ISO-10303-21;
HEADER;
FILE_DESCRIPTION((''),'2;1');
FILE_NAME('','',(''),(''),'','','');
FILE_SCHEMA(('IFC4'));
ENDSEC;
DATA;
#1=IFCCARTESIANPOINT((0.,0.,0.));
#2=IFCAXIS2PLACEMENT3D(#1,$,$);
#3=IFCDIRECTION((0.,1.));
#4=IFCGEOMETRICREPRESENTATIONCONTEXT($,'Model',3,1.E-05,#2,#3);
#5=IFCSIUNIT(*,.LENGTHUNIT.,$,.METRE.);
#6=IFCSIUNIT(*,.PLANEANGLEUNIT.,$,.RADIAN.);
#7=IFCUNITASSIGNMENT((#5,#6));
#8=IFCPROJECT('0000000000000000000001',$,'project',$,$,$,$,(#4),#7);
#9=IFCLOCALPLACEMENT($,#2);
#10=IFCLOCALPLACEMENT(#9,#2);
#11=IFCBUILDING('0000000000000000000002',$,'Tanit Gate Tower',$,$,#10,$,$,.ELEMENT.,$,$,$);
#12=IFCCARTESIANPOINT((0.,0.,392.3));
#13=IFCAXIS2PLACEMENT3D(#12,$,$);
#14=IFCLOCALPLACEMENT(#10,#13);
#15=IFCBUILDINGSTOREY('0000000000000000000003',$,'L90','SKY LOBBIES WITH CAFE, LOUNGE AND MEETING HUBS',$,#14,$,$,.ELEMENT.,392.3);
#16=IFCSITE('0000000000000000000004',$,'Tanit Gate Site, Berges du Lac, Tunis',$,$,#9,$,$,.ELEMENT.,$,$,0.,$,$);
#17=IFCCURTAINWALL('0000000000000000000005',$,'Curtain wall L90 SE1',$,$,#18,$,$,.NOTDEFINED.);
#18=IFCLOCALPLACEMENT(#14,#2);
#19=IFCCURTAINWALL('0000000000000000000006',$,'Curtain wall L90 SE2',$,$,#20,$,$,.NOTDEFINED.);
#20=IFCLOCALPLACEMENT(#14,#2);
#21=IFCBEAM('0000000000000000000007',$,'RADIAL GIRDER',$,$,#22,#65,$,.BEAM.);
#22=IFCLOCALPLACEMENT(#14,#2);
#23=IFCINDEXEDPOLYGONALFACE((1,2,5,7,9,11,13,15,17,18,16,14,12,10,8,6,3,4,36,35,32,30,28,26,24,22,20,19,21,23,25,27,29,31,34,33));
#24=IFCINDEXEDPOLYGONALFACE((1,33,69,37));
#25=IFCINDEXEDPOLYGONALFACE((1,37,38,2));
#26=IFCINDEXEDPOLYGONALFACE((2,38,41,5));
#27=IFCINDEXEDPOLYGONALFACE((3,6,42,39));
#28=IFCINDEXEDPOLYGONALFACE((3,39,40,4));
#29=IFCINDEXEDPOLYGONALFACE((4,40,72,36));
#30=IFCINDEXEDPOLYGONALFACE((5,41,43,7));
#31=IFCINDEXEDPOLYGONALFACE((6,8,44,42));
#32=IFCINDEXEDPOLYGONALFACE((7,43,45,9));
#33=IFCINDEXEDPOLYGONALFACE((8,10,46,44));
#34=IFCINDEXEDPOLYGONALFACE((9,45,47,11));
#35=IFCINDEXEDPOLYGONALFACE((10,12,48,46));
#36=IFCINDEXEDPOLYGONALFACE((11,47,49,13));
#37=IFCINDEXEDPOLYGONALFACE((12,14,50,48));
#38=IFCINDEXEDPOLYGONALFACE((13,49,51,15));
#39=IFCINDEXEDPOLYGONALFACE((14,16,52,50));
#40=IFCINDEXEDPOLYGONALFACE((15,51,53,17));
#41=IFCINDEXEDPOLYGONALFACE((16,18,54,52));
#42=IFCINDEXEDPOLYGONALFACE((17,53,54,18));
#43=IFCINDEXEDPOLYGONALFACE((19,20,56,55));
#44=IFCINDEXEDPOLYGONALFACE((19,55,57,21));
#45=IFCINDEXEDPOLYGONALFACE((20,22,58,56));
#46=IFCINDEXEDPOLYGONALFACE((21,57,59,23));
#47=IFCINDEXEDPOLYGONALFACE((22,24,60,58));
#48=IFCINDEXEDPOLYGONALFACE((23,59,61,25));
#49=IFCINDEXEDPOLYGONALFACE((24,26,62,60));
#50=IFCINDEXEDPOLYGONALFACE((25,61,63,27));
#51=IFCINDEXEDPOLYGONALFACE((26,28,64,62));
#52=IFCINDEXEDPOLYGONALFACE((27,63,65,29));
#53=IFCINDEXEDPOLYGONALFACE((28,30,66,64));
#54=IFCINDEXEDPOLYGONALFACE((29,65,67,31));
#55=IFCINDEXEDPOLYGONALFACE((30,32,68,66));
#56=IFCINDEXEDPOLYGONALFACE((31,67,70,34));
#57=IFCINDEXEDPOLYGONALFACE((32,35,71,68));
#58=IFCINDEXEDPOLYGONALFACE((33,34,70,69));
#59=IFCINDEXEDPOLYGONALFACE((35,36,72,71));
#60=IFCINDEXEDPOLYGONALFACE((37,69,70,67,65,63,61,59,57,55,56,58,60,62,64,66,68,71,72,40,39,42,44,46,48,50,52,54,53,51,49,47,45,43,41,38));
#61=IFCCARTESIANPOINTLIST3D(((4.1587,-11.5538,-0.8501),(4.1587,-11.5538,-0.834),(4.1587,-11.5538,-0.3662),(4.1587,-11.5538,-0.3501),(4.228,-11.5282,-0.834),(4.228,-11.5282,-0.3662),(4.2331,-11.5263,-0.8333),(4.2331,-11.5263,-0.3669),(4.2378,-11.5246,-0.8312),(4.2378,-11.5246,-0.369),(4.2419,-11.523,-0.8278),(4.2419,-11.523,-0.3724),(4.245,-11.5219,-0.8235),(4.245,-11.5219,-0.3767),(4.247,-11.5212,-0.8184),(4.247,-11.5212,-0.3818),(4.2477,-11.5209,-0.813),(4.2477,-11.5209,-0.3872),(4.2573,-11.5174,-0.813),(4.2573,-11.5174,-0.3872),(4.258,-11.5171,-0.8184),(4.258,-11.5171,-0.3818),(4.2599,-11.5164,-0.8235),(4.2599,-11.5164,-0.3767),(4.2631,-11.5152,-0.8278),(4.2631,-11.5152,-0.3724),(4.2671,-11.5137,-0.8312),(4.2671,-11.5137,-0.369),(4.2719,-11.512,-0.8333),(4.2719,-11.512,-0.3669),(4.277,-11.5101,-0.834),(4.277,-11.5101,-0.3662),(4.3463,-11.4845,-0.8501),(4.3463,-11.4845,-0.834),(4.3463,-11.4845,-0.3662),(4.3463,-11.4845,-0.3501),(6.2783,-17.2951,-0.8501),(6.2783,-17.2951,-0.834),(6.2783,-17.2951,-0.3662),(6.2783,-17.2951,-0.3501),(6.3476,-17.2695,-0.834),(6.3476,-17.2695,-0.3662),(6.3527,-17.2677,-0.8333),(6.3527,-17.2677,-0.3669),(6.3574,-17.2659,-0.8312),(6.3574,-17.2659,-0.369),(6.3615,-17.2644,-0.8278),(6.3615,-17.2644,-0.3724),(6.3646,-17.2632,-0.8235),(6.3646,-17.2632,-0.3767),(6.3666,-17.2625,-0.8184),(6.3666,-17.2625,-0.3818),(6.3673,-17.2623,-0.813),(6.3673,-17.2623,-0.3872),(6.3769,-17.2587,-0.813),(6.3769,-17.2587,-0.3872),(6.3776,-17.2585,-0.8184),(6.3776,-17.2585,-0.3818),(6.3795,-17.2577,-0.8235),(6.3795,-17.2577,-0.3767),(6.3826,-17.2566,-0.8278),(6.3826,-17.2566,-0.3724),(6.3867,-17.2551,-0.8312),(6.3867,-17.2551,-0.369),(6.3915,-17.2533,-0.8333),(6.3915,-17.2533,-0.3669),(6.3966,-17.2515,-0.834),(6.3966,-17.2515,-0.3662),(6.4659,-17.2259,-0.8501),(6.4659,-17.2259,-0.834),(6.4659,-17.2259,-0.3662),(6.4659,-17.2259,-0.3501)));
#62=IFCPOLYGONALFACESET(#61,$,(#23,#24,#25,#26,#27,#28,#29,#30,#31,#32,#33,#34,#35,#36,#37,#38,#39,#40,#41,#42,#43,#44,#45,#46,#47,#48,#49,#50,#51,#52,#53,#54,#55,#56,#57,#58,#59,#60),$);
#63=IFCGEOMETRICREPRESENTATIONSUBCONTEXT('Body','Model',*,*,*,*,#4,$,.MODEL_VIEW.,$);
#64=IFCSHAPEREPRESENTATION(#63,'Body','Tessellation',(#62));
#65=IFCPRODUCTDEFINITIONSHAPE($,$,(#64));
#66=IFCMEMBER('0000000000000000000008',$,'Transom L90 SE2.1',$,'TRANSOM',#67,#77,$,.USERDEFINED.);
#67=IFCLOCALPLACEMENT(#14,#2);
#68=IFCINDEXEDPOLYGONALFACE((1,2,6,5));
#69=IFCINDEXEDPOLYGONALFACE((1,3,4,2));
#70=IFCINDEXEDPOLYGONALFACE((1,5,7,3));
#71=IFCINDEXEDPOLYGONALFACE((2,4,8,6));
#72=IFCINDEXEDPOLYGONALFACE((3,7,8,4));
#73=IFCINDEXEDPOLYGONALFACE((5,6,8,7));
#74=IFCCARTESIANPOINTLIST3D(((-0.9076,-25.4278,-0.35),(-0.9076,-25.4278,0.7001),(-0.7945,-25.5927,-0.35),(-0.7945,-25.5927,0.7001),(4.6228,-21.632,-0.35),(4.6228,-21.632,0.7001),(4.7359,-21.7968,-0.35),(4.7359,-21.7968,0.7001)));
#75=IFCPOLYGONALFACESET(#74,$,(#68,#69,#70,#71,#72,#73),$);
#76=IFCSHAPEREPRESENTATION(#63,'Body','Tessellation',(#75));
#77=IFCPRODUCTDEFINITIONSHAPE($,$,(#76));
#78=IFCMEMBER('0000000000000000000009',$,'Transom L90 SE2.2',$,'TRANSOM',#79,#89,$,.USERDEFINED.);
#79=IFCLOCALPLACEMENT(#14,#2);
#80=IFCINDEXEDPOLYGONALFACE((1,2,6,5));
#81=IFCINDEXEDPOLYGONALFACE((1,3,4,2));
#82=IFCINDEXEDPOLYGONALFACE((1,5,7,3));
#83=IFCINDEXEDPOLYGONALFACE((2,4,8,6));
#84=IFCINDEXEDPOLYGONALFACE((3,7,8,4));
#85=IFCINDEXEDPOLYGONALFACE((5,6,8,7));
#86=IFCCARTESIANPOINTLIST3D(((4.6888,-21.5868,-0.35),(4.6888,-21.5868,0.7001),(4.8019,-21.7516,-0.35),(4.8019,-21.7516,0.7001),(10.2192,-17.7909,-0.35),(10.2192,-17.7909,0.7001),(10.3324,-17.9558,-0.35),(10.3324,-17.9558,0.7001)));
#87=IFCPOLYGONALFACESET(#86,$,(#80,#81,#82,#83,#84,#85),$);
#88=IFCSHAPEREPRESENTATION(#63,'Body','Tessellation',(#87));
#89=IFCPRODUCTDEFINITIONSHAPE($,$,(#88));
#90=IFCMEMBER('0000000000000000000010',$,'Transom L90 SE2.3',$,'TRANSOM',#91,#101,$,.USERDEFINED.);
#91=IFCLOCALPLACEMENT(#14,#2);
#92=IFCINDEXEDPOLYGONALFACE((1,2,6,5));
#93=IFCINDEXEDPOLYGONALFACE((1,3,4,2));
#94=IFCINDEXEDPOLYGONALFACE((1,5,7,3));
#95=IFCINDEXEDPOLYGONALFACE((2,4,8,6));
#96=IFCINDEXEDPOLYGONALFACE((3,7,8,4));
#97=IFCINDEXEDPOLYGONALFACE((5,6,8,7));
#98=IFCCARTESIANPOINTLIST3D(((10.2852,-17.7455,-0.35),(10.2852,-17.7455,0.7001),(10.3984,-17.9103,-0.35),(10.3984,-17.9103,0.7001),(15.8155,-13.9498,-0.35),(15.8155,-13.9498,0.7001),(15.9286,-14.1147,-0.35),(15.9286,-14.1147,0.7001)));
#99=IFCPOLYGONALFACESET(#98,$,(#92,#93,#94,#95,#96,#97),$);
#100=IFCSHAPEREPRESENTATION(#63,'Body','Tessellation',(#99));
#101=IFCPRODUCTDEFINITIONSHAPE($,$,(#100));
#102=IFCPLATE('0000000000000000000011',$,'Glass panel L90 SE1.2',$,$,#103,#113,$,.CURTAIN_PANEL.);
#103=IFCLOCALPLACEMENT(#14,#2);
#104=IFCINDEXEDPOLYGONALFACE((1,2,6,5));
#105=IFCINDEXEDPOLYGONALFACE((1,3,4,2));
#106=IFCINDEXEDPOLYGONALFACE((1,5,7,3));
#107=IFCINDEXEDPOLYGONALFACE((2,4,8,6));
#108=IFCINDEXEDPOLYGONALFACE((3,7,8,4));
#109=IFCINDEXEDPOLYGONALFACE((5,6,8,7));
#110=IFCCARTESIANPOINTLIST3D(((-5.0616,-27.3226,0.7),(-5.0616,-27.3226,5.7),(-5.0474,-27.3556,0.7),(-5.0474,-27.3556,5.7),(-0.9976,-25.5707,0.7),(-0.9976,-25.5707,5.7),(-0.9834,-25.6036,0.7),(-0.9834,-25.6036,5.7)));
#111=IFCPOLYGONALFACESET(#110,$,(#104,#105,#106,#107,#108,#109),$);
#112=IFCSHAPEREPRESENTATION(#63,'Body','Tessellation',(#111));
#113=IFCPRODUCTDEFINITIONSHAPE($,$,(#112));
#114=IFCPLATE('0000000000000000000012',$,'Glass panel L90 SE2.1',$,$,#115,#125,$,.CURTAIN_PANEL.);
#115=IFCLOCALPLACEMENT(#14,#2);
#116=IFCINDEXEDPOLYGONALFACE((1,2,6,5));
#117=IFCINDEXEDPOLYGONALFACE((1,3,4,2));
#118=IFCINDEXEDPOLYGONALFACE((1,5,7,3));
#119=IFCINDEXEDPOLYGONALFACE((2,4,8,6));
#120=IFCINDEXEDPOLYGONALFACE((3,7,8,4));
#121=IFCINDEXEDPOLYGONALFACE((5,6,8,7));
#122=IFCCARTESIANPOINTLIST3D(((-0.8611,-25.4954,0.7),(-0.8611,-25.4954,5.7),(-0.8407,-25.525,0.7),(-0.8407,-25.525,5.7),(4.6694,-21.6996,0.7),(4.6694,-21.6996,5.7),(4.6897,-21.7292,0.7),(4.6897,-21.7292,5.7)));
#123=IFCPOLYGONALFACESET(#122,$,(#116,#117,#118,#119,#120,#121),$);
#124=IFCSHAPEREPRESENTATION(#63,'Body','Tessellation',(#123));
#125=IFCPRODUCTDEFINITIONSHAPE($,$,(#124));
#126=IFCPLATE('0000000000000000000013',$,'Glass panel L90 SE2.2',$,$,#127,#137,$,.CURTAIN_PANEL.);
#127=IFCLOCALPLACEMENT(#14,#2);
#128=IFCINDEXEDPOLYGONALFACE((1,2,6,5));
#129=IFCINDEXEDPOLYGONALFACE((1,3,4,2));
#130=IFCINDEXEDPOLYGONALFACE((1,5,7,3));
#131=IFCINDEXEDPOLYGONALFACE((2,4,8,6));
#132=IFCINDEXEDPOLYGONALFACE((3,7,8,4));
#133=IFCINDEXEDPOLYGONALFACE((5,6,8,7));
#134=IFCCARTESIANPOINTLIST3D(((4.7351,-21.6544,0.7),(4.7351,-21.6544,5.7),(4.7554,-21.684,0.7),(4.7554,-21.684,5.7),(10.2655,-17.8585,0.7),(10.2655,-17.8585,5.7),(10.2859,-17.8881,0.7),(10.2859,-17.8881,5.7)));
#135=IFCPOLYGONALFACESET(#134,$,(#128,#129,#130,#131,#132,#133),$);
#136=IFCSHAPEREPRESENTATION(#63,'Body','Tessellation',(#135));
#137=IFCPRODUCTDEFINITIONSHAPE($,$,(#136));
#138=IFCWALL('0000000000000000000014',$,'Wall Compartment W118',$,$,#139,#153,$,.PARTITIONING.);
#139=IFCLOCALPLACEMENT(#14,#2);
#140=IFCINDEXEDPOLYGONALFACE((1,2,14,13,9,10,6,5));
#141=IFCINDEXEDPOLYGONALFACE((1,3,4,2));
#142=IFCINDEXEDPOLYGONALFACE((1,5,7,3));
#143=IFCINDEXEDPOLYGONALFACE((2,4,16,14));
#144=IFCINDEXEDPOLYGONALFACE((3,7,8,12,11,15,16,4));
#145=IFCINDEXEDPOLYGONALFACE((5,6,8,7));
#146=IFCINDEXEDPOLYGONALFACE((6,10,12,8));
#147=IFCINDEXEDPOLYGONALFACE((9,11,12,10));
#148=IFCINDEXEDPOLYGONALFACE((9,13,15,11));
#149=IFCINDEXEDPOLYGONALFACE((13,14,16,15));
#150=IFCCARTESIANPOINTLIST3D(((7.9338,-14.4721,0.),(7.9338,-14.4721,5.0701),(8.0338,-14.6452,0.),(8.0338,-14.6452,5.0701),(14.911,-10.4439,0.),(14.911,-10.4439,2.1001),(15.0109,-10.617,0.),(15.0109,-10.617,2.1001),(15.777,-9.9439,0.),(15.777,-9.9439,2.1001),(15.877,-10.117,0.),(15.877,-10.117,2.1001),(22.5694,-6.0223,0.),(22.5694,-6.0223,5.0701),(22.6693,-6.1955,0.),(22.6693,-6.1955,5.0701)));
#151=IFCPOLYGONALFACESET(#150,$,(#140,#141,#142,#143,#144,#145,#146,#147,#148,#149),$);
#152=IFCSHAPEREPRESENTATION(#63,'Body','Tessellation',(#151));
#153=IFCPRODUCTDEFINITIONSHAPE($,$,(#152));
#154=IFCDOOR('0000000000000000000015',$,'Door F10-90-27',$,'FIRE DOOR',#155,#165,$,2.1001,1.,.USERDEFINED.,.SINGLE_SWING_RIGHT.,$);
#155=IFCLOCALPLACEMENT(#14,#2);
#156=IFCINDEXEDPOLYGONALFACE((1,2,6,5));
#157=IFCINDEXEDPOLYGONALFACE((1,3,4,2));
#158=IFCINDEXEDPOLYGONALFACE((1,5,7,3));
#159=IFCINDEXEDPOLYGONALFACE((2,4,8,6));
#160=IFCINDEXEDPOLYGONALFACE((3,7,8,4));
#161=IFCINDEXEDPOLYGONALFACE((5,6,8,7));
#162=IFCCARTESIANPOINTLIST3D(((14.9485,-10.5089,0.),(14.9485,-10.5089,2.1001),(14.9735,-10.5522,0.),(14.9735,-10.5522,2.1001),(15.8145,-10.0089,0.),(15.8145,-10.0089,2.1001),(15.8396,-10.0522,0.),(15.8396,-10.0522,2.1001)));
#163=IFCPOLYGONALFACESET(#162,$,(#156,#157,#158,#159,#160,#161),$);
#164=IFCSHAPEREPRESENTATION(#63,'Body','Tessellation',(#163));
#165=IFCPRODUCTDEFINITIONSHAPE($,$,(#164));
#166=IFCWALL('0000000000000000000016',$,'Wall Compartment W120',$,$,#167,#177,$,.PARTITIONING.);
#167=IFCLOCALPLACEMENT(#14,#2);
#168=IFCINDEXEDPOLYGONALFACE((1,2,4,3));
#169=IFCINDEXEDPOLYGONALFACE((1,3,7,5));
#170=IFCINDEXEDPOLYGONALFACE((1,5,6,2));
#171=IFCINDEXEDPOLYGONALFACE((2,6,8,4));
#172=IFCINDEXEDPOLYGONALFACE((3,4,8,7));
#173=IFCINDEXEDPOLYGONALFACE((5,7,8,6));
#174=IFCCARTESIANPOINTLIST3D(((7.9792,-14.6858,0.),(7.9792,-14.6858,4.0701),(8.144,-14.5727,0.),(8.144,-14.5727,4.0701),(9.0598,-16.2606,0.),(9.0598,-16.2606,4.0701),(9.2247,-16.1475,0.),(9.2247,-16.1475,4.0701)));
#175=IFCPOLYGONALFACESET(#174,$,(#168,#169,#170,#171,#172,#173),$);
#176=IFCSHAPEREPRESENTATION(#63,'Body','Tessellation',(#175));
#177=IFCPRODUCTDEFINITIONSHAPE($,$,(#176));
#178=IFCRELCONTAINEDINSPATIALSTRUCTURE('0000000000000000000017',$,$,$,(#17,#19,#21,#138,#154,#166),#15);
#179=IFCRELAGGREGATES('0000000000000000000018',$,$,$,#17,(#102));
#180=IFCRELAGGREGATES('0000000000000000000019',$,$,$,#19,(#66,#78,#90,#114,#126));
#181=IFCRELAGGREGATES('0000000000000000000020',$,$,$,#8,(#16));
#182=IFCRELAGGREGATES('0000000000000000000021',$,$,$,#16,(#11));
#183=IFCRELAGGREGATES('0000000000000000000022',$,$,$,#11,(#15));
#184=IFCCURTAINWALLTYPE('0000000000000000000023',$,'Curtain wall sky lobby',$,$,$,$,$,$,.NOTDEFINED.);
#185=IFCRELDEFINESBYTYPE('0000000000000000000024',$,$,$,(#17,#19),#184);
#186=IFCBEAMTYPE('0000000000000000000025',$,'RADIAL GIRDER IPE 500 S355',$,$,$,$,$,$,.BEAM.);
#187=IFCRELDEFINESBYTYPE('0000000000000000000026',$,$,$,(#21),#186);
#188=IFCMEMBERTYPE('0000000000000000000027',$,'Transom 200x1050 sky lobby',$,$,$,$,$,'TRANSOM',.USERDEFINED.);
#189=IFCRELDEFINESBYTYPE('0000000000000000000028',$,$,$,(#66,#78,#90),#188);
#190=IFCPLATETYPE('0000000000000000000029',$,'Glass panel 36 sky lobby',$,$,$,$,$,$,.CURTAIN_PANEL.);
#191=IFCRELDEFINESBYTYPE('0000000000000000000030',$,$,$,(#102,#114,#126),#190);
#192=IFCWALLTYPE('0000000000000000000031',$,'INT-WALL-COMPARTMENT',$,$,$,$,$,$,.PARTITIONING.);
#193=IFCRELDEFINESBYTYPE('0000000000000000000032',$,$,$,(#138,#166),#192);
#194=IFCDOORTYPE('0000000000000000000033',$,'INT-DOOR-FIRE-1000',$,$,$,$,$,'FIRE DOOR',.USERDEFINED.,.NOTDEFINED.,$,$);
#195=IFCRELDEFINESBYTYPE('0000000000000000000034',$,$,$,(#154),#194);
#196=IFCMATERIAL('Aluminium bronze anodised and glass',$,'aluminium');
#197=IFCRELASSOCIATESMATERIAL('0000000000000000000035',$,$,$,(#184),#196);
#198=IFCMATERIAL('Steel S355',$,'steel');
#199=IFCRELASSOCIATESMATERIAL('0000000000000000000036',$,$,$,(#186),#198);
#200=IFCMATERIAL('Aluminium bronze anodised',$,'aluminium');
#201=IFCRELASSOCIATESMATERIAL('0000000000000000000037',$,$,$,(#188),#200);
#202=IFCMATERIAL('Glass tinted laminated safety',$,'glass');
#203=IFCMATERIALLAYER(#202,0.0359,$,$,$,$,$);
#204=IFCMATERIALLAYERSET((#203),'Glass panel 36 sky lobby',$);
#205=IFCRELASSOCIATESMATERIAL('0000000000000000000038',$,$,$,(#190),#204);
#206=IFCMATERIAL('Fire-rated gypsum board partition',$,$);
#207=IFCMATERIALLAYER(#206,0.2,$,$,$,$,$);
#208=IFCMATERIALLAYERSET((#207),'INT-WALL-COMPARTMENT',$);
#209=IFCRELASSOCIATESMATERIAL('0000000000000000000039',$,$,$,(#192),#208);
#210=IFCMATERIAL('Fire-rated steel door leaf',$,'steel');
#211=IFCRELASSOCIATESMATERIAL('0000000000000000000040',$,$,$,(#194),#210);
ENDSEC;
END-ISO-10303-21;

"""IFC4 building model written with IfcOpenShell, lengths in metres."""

from ifc_helpers import new_model, si_unit, direction, frame, frame_2d, origin, origin_2d, place, context, subcontext, project, spatial, rectangle, i_section, extrude, material, layer, layer_set, material_profile, profile_set, type_object, element, fill, aggregate, save


model = new_model("IFC4")

# Units and contexts
model_context = context("Model", 3, precision=1e-05, world=origin(), true_north=direction((0.0, 1.0)))
body_context = subcontext(model_context, "Body", "Model", "MODEL_VIEW")
ifc_project = project(units=[si_unit("LENGTHUNIT", "METRE"), si_unit("PLANEANGLEUNIT", "RADIAN")], contexts=[model_context])

# Site, building, storey
site_placement = place(None, origin())
site = spatial("IfcSite", under=ifc_project, at=site_placement, Name="Tanit Gate Site, Berges du Lac, Tunis", CompositionType="ELEMENT", RefElevation=0.0)
building_placement = place(site_placement, origin())
building = spatial("IfcBuilding", under=site, at=building_placement, Name="Tanit Gate Tower", CompositionType="ELEMENT")
storey_placement = place(building_placement, frame((0.0, 0.0, 392.3)))
storey = spatial("IfcBuildingStorey", under=building, at=storey_placement, Name="L90", Description="SKY LOBBIES WITH CAFE, LOUNGE AND MEETING HUBS", CompositionType="ELEMENT", Elevation=392.3)

# Curtain wall
ifc_material_1 = material(Name="Aluminium bronze anodised and glass", Category="aluminium")
curtain_wall_type = type_object("IfcCurtainWallType", Name="Curtain wall sky lobby", PredefinedType="NOTDEFINED", material=ifc_material_1)
curtain_wall_1_placement = place(storey_placement, origin())
curtain_wall_1 = element("IfcCurtainWall", 1, at=curtain_wall_1_placement, inside=storey, type_object=curtain_wall_type, Name="Curtain wall L90 SE1", PredefinedType="NOTDEFINED")

# Curtain wall
curtain_wall_2_placement = place(storey_placement, origin())
curtain_wall_2 = element("IfcCurtainWall", 2, at=curtain_wall_2_placement, inside=storey, type_object=curtain_wall_type, Name="Curtain wall L90 SE2", PredefinedType="NOTDEFINED")

# Beam
ifc_material_2 = material(Name="Steel S355", Category="steel")
ifc_material_profile_1 = material_profile(ifc_material_2, i_section(OverallWidth=0.2, OverallDepth=0.5, WebThickness=0.0103, FlangeThickness=0.0161, FilletRadius=0.021, at=origin_2d()), Name="IPE 500")
ifc_profile_set_1 = profile_set([ifc_material_profile_1], Name="Steel S355")
beam_type_1 = type_object("IfcBeamType", Name="RADIAL GIRDER IPE 500 S355", PredefinedType="BEAM", material=ifc_profile_set_1)
beam_1_placement = place(storey_placement, frame((6.3721, -17.2605, -0.6001), z_axis=(-0.346332, 0.938112, 0.0), x_axis=(-0.938112, -0.346332, 0.0)))
element("IfcBeam", 3, at=beam_1_placement, inside=storey, type_object=beam_type_1, Name="RADIAL GIRDER", PredefinedType="BEAM", context=body_context, shape_type="SweptSolid", body=[
    extrude(i_section(OverallWidth=0.2, OverallDepth=0.5, WebThickness=0.0103, FlangeThickness=0.0161, FilletRadius=0.021, at=origin_2d()), origin(), (0.0, 0.0, 1.0), 6.1201),
])

# Members
ifc_material_3 = material(Name="Aluminium bronze anodised", Category="aluminium")
ifc_material_profile_2 = material_profile(ifc_material_3, rectangle(XDim=0.2, YDim=1.05, at=origin_2d()), Name="200x1050 bronze transom")
ifc_profile_set_2 = profile_set([ifc_material_profile_2], Name="Aluminium bronze anodised")
member_type_1 = type_object("IfcMemberType", Name="Transom 200x1050 sky lobby", ElementType="TRANSOM", PredefinedType="USERDEFINED", material=ifc_profile_set_2)
member_1_placement = place(storey_placement, frame((-0.8511, -25.5103, 0.175), z_axis=(0.824482, 0.565888, 0.0), x_axis=(-0.565888, 0.824482, 0.0)))
member_1 = element("IfcMember", 4, at=member_1_placement, type_object=member_type_1, Name="Transom L90 SE2.1", ObjectType="TRANSOM", PredefinedType="USERDEFINED", context=body_context, shape_type="SweptSolid", body=[
    extrude(rectangle(XDim=0.2, YDim=1.05, at=origin_2d()), origin(), (0.0, 0.0, 1.0), 6.7078),
])
member_2_placement = place(storey_placement, frame((4.7454, -21.6692, 0.175), z_axis=(0.824482, 0.565888, 0.0), x_axis=(-0.565888, 0.824482, 0.0)))
member_2 = element("IfcMember", 5, at=member_2_placement, type_object=member_type_1, Name="Transom L90 SE2.2", ObjectType="TRANSOM", PredefinedType="USERDEFINED", context=body_context, shape_type="SweptSolid", body=[
    extrude(rectangle(XDim=0.2, YDim=1.05, at=origin_2d()), origin(), (0.0, 0.0, 1.0), 6.7078),
])
member_3_placement = place(storey_placement, frame((10.3418, -17.8279, 0.175), z_axis=(0.824488, 0.56588, 0.0), x_axis=(-0.56588, 0.824488, 0.0)))
member_3 = element("IfcMember", 6, at=member_3_placement, type_object=member_type_1, Name="Transom L90 SE2.3", ObjectType="TRANSOM", PredefinedType="USERDEFINED", context=body_context, shape_type="SweptSolid", body=[
    extrude(rectangle(XDim=0.2, YDim=1.05, at=origin_2d()), origin(), (0.0, 0.0, 1.0), 6.7075),
])

# Plates
ifc_material_4 = material(Name="Glass tinted laminated safety", Category="glass")
ifc_layer_1 = layer(ifc_material_4, 0.0359)
ifc_layer_set_1 = layer_set([ifc_layer_1], Name="Glass panel 36 sky lobby")
plate_type = type_object("IfcPlateType", Name="Glass panel 36 sky lobby", PredefinedType="CURTAIN_PANEL", material=ifc_layer_set_1)
plate_1_placement = place(storey_placement, frame((-3.0225, -26.4631, 0.7), z_axis=(0.0, 0.0, 1.0), x_axis=(0.918306, 0.395871, 0.0)))
plate_1 = element("IfcPlate", 7, at=plate_1_placement, type_object=plate_type, Name="Glass panel L90 SE1.2", PredefinedType="CURTAIN_PANEL", context=body_context, shape_type="SweptSolid", body=[
    extrude(rectangle(XDim=4.4255, YDim=0.0359, at=origin_2d()), origin(), (0.0, 0.0, 1.0), 5.0),
])
aggregate(curtain_wall_1, [plate_1])
plate_2_placement = place(storey_placement, frame((1.9143, -23.6123, 0.7), z_axis=(0.0, 0.0, 1.0), x_axis=(0.824479, 0.565893, 0.0)))
plate_2 = element("IfcPlate", 8, at=plate_2_placement, type_object=plate_type, Name="Glass panel L90 SE2.1", PredefinedType="CURTAIN_PANEL", context=body_context, shape_type="SweptSolid", body=[
    extrude(rectangle(XDim=6.7078, YDim=0.0359, at=origin_2d()), origin(), (0.0, 0.0, 1.0), 5.0),
])
plate_3_placement = place(storey_placement, frame((7.5105, -19.7712, 0.7), z_axis=(0.0, 0.0, 1.0), x_axis=(0.824479, 0.565893, 0.0)))
plate_3 = element("IfcPlate", 9, at=plate_3_placement, type_object=plate_type, Name="Glass panel L90 SE2.2", PredefinedType="CURTAIN_PANEL", context=body_context, shape_type="SweptSolid", body=[
    extrude(rectangle(XDim=6.7078, YDim=0.0359, at=origin_2d()), origin(), (0.0, 0.0, 1.0), 5.0),
])
aggregate(curtain_wall_2, [member_1, member_2, member_3, plate_2, plate_3])

# Wall, opening, door
ifc_material_5 = material(Name="Fire-rated gypsum board partition")
ifc_layer_2 = layer(ifc_material_5, 0.2)
ifc_layer_set_2 = layer_set([ifc_layer_2], Name="INT-WALL-COMPARTMENT")
wall_type_1 = type_object("IfcWallType", Name="INT-WALL-COMPARTMENT", PredefinedType="PARTITIONING", material=ifc_layer_set_2)
wall_1_placement = place(storey_placement, frame((7.9839, -14.5586, 0.0), z_axis=(0.0, 0.0, 1.0), x_axis=(0.866028, 0.499995, 0.0)))
wall_1 = element("IfcWall", 10, at=wall_1_placement, inside=storey, type_object=wall_type_1, Name="Wall Compartment W118", PredefinedType="PARTITIONING", context=body_context, shape_type="SweptSolid", body=[
    extrude(rectangle(XDim=16.8997, YDim=0.2, at=frame_2d((8.4497, 0.0))), origin(), (0.0, 0.0, 1.0), 5.0701),
])
opening_placement = place(wall_1_placement, frame((8.0564, 0.0, 0.0)))
opening = element("IfcOpeningElement", 11, at=opening_placement, cuts=wall_1, PredefinedType="OPENING", context=body_context, shape_type="SweptSolid", body=[
    extrude(rectangle(XDim=1.0, YDim=2.1001, at=frame_2d((0.5, 1.05))), frame((0.0, 0.1099, 0.0), z_axis=(0.0, -1.0, 0.0), x_axis=(1.0, 0.0, 0.0)), (0.0, 0.0, 1.0), 0.22),
])
ifc_material_6 = material(Name="Fire-rated steel door leaf", Category="steel")
door_type = type_object("IfcDoorType", Name="INT-DOOR-FIRE-1000", ElementType="FIRE DOOR", OperationType="NOTDEFINED", PredefinedType="USERDEFINED", material=ifc_material_6)
door_placement = place(opening_placement, origin())
door = element("IfcDoor", 12, at=door_placement, inside=storey, type_object=door_type, Name="Door F10-90-27", ObjectType="FIRE DOOR", OperationType="SINGLE_SWING_RIGHT", OverallHeight=2.1001, OverallWidth=1.0, PredefinedType="USERDEFINED", context=body_context, shape_type="SweptSolid", body=[
    extrude(rectangle(XDim=1.0, YDim=2.1001, at=frame_2d((0.5, 1.05))), frame((0.0, 0.0249, 0.0), z_axis=(0.0, -1.0, 0.0), x_axis=(1.0, 0.0, 0.0)), (0.0, 0.0, 1.0), 0.05),
])
fill(opening, door)

# Wall
wall_2_placement = place(storey_placement, frame((8.0615, -14.6292, 0.0), z_axis=(0.0, 0.0, 1.0), x_axis=(0.565802, -0.824541, 0.0)))
element("IfcWall", 13, at=wall_2_placement, inside=storey, type_object=wall_type_1, Name="Wall Compartment W120", PredefinedType="PARTITIONING", context=body_context, shape_type="SweptSolid", body=[
    extrude(rectangle(XDim=1.9099, YDim=0.2, at=frame_2d((0.9551, 0.0))), origin(), (0.0, 0.0, 1.0), 4.0701),
])

save(model, "model.ifc")
